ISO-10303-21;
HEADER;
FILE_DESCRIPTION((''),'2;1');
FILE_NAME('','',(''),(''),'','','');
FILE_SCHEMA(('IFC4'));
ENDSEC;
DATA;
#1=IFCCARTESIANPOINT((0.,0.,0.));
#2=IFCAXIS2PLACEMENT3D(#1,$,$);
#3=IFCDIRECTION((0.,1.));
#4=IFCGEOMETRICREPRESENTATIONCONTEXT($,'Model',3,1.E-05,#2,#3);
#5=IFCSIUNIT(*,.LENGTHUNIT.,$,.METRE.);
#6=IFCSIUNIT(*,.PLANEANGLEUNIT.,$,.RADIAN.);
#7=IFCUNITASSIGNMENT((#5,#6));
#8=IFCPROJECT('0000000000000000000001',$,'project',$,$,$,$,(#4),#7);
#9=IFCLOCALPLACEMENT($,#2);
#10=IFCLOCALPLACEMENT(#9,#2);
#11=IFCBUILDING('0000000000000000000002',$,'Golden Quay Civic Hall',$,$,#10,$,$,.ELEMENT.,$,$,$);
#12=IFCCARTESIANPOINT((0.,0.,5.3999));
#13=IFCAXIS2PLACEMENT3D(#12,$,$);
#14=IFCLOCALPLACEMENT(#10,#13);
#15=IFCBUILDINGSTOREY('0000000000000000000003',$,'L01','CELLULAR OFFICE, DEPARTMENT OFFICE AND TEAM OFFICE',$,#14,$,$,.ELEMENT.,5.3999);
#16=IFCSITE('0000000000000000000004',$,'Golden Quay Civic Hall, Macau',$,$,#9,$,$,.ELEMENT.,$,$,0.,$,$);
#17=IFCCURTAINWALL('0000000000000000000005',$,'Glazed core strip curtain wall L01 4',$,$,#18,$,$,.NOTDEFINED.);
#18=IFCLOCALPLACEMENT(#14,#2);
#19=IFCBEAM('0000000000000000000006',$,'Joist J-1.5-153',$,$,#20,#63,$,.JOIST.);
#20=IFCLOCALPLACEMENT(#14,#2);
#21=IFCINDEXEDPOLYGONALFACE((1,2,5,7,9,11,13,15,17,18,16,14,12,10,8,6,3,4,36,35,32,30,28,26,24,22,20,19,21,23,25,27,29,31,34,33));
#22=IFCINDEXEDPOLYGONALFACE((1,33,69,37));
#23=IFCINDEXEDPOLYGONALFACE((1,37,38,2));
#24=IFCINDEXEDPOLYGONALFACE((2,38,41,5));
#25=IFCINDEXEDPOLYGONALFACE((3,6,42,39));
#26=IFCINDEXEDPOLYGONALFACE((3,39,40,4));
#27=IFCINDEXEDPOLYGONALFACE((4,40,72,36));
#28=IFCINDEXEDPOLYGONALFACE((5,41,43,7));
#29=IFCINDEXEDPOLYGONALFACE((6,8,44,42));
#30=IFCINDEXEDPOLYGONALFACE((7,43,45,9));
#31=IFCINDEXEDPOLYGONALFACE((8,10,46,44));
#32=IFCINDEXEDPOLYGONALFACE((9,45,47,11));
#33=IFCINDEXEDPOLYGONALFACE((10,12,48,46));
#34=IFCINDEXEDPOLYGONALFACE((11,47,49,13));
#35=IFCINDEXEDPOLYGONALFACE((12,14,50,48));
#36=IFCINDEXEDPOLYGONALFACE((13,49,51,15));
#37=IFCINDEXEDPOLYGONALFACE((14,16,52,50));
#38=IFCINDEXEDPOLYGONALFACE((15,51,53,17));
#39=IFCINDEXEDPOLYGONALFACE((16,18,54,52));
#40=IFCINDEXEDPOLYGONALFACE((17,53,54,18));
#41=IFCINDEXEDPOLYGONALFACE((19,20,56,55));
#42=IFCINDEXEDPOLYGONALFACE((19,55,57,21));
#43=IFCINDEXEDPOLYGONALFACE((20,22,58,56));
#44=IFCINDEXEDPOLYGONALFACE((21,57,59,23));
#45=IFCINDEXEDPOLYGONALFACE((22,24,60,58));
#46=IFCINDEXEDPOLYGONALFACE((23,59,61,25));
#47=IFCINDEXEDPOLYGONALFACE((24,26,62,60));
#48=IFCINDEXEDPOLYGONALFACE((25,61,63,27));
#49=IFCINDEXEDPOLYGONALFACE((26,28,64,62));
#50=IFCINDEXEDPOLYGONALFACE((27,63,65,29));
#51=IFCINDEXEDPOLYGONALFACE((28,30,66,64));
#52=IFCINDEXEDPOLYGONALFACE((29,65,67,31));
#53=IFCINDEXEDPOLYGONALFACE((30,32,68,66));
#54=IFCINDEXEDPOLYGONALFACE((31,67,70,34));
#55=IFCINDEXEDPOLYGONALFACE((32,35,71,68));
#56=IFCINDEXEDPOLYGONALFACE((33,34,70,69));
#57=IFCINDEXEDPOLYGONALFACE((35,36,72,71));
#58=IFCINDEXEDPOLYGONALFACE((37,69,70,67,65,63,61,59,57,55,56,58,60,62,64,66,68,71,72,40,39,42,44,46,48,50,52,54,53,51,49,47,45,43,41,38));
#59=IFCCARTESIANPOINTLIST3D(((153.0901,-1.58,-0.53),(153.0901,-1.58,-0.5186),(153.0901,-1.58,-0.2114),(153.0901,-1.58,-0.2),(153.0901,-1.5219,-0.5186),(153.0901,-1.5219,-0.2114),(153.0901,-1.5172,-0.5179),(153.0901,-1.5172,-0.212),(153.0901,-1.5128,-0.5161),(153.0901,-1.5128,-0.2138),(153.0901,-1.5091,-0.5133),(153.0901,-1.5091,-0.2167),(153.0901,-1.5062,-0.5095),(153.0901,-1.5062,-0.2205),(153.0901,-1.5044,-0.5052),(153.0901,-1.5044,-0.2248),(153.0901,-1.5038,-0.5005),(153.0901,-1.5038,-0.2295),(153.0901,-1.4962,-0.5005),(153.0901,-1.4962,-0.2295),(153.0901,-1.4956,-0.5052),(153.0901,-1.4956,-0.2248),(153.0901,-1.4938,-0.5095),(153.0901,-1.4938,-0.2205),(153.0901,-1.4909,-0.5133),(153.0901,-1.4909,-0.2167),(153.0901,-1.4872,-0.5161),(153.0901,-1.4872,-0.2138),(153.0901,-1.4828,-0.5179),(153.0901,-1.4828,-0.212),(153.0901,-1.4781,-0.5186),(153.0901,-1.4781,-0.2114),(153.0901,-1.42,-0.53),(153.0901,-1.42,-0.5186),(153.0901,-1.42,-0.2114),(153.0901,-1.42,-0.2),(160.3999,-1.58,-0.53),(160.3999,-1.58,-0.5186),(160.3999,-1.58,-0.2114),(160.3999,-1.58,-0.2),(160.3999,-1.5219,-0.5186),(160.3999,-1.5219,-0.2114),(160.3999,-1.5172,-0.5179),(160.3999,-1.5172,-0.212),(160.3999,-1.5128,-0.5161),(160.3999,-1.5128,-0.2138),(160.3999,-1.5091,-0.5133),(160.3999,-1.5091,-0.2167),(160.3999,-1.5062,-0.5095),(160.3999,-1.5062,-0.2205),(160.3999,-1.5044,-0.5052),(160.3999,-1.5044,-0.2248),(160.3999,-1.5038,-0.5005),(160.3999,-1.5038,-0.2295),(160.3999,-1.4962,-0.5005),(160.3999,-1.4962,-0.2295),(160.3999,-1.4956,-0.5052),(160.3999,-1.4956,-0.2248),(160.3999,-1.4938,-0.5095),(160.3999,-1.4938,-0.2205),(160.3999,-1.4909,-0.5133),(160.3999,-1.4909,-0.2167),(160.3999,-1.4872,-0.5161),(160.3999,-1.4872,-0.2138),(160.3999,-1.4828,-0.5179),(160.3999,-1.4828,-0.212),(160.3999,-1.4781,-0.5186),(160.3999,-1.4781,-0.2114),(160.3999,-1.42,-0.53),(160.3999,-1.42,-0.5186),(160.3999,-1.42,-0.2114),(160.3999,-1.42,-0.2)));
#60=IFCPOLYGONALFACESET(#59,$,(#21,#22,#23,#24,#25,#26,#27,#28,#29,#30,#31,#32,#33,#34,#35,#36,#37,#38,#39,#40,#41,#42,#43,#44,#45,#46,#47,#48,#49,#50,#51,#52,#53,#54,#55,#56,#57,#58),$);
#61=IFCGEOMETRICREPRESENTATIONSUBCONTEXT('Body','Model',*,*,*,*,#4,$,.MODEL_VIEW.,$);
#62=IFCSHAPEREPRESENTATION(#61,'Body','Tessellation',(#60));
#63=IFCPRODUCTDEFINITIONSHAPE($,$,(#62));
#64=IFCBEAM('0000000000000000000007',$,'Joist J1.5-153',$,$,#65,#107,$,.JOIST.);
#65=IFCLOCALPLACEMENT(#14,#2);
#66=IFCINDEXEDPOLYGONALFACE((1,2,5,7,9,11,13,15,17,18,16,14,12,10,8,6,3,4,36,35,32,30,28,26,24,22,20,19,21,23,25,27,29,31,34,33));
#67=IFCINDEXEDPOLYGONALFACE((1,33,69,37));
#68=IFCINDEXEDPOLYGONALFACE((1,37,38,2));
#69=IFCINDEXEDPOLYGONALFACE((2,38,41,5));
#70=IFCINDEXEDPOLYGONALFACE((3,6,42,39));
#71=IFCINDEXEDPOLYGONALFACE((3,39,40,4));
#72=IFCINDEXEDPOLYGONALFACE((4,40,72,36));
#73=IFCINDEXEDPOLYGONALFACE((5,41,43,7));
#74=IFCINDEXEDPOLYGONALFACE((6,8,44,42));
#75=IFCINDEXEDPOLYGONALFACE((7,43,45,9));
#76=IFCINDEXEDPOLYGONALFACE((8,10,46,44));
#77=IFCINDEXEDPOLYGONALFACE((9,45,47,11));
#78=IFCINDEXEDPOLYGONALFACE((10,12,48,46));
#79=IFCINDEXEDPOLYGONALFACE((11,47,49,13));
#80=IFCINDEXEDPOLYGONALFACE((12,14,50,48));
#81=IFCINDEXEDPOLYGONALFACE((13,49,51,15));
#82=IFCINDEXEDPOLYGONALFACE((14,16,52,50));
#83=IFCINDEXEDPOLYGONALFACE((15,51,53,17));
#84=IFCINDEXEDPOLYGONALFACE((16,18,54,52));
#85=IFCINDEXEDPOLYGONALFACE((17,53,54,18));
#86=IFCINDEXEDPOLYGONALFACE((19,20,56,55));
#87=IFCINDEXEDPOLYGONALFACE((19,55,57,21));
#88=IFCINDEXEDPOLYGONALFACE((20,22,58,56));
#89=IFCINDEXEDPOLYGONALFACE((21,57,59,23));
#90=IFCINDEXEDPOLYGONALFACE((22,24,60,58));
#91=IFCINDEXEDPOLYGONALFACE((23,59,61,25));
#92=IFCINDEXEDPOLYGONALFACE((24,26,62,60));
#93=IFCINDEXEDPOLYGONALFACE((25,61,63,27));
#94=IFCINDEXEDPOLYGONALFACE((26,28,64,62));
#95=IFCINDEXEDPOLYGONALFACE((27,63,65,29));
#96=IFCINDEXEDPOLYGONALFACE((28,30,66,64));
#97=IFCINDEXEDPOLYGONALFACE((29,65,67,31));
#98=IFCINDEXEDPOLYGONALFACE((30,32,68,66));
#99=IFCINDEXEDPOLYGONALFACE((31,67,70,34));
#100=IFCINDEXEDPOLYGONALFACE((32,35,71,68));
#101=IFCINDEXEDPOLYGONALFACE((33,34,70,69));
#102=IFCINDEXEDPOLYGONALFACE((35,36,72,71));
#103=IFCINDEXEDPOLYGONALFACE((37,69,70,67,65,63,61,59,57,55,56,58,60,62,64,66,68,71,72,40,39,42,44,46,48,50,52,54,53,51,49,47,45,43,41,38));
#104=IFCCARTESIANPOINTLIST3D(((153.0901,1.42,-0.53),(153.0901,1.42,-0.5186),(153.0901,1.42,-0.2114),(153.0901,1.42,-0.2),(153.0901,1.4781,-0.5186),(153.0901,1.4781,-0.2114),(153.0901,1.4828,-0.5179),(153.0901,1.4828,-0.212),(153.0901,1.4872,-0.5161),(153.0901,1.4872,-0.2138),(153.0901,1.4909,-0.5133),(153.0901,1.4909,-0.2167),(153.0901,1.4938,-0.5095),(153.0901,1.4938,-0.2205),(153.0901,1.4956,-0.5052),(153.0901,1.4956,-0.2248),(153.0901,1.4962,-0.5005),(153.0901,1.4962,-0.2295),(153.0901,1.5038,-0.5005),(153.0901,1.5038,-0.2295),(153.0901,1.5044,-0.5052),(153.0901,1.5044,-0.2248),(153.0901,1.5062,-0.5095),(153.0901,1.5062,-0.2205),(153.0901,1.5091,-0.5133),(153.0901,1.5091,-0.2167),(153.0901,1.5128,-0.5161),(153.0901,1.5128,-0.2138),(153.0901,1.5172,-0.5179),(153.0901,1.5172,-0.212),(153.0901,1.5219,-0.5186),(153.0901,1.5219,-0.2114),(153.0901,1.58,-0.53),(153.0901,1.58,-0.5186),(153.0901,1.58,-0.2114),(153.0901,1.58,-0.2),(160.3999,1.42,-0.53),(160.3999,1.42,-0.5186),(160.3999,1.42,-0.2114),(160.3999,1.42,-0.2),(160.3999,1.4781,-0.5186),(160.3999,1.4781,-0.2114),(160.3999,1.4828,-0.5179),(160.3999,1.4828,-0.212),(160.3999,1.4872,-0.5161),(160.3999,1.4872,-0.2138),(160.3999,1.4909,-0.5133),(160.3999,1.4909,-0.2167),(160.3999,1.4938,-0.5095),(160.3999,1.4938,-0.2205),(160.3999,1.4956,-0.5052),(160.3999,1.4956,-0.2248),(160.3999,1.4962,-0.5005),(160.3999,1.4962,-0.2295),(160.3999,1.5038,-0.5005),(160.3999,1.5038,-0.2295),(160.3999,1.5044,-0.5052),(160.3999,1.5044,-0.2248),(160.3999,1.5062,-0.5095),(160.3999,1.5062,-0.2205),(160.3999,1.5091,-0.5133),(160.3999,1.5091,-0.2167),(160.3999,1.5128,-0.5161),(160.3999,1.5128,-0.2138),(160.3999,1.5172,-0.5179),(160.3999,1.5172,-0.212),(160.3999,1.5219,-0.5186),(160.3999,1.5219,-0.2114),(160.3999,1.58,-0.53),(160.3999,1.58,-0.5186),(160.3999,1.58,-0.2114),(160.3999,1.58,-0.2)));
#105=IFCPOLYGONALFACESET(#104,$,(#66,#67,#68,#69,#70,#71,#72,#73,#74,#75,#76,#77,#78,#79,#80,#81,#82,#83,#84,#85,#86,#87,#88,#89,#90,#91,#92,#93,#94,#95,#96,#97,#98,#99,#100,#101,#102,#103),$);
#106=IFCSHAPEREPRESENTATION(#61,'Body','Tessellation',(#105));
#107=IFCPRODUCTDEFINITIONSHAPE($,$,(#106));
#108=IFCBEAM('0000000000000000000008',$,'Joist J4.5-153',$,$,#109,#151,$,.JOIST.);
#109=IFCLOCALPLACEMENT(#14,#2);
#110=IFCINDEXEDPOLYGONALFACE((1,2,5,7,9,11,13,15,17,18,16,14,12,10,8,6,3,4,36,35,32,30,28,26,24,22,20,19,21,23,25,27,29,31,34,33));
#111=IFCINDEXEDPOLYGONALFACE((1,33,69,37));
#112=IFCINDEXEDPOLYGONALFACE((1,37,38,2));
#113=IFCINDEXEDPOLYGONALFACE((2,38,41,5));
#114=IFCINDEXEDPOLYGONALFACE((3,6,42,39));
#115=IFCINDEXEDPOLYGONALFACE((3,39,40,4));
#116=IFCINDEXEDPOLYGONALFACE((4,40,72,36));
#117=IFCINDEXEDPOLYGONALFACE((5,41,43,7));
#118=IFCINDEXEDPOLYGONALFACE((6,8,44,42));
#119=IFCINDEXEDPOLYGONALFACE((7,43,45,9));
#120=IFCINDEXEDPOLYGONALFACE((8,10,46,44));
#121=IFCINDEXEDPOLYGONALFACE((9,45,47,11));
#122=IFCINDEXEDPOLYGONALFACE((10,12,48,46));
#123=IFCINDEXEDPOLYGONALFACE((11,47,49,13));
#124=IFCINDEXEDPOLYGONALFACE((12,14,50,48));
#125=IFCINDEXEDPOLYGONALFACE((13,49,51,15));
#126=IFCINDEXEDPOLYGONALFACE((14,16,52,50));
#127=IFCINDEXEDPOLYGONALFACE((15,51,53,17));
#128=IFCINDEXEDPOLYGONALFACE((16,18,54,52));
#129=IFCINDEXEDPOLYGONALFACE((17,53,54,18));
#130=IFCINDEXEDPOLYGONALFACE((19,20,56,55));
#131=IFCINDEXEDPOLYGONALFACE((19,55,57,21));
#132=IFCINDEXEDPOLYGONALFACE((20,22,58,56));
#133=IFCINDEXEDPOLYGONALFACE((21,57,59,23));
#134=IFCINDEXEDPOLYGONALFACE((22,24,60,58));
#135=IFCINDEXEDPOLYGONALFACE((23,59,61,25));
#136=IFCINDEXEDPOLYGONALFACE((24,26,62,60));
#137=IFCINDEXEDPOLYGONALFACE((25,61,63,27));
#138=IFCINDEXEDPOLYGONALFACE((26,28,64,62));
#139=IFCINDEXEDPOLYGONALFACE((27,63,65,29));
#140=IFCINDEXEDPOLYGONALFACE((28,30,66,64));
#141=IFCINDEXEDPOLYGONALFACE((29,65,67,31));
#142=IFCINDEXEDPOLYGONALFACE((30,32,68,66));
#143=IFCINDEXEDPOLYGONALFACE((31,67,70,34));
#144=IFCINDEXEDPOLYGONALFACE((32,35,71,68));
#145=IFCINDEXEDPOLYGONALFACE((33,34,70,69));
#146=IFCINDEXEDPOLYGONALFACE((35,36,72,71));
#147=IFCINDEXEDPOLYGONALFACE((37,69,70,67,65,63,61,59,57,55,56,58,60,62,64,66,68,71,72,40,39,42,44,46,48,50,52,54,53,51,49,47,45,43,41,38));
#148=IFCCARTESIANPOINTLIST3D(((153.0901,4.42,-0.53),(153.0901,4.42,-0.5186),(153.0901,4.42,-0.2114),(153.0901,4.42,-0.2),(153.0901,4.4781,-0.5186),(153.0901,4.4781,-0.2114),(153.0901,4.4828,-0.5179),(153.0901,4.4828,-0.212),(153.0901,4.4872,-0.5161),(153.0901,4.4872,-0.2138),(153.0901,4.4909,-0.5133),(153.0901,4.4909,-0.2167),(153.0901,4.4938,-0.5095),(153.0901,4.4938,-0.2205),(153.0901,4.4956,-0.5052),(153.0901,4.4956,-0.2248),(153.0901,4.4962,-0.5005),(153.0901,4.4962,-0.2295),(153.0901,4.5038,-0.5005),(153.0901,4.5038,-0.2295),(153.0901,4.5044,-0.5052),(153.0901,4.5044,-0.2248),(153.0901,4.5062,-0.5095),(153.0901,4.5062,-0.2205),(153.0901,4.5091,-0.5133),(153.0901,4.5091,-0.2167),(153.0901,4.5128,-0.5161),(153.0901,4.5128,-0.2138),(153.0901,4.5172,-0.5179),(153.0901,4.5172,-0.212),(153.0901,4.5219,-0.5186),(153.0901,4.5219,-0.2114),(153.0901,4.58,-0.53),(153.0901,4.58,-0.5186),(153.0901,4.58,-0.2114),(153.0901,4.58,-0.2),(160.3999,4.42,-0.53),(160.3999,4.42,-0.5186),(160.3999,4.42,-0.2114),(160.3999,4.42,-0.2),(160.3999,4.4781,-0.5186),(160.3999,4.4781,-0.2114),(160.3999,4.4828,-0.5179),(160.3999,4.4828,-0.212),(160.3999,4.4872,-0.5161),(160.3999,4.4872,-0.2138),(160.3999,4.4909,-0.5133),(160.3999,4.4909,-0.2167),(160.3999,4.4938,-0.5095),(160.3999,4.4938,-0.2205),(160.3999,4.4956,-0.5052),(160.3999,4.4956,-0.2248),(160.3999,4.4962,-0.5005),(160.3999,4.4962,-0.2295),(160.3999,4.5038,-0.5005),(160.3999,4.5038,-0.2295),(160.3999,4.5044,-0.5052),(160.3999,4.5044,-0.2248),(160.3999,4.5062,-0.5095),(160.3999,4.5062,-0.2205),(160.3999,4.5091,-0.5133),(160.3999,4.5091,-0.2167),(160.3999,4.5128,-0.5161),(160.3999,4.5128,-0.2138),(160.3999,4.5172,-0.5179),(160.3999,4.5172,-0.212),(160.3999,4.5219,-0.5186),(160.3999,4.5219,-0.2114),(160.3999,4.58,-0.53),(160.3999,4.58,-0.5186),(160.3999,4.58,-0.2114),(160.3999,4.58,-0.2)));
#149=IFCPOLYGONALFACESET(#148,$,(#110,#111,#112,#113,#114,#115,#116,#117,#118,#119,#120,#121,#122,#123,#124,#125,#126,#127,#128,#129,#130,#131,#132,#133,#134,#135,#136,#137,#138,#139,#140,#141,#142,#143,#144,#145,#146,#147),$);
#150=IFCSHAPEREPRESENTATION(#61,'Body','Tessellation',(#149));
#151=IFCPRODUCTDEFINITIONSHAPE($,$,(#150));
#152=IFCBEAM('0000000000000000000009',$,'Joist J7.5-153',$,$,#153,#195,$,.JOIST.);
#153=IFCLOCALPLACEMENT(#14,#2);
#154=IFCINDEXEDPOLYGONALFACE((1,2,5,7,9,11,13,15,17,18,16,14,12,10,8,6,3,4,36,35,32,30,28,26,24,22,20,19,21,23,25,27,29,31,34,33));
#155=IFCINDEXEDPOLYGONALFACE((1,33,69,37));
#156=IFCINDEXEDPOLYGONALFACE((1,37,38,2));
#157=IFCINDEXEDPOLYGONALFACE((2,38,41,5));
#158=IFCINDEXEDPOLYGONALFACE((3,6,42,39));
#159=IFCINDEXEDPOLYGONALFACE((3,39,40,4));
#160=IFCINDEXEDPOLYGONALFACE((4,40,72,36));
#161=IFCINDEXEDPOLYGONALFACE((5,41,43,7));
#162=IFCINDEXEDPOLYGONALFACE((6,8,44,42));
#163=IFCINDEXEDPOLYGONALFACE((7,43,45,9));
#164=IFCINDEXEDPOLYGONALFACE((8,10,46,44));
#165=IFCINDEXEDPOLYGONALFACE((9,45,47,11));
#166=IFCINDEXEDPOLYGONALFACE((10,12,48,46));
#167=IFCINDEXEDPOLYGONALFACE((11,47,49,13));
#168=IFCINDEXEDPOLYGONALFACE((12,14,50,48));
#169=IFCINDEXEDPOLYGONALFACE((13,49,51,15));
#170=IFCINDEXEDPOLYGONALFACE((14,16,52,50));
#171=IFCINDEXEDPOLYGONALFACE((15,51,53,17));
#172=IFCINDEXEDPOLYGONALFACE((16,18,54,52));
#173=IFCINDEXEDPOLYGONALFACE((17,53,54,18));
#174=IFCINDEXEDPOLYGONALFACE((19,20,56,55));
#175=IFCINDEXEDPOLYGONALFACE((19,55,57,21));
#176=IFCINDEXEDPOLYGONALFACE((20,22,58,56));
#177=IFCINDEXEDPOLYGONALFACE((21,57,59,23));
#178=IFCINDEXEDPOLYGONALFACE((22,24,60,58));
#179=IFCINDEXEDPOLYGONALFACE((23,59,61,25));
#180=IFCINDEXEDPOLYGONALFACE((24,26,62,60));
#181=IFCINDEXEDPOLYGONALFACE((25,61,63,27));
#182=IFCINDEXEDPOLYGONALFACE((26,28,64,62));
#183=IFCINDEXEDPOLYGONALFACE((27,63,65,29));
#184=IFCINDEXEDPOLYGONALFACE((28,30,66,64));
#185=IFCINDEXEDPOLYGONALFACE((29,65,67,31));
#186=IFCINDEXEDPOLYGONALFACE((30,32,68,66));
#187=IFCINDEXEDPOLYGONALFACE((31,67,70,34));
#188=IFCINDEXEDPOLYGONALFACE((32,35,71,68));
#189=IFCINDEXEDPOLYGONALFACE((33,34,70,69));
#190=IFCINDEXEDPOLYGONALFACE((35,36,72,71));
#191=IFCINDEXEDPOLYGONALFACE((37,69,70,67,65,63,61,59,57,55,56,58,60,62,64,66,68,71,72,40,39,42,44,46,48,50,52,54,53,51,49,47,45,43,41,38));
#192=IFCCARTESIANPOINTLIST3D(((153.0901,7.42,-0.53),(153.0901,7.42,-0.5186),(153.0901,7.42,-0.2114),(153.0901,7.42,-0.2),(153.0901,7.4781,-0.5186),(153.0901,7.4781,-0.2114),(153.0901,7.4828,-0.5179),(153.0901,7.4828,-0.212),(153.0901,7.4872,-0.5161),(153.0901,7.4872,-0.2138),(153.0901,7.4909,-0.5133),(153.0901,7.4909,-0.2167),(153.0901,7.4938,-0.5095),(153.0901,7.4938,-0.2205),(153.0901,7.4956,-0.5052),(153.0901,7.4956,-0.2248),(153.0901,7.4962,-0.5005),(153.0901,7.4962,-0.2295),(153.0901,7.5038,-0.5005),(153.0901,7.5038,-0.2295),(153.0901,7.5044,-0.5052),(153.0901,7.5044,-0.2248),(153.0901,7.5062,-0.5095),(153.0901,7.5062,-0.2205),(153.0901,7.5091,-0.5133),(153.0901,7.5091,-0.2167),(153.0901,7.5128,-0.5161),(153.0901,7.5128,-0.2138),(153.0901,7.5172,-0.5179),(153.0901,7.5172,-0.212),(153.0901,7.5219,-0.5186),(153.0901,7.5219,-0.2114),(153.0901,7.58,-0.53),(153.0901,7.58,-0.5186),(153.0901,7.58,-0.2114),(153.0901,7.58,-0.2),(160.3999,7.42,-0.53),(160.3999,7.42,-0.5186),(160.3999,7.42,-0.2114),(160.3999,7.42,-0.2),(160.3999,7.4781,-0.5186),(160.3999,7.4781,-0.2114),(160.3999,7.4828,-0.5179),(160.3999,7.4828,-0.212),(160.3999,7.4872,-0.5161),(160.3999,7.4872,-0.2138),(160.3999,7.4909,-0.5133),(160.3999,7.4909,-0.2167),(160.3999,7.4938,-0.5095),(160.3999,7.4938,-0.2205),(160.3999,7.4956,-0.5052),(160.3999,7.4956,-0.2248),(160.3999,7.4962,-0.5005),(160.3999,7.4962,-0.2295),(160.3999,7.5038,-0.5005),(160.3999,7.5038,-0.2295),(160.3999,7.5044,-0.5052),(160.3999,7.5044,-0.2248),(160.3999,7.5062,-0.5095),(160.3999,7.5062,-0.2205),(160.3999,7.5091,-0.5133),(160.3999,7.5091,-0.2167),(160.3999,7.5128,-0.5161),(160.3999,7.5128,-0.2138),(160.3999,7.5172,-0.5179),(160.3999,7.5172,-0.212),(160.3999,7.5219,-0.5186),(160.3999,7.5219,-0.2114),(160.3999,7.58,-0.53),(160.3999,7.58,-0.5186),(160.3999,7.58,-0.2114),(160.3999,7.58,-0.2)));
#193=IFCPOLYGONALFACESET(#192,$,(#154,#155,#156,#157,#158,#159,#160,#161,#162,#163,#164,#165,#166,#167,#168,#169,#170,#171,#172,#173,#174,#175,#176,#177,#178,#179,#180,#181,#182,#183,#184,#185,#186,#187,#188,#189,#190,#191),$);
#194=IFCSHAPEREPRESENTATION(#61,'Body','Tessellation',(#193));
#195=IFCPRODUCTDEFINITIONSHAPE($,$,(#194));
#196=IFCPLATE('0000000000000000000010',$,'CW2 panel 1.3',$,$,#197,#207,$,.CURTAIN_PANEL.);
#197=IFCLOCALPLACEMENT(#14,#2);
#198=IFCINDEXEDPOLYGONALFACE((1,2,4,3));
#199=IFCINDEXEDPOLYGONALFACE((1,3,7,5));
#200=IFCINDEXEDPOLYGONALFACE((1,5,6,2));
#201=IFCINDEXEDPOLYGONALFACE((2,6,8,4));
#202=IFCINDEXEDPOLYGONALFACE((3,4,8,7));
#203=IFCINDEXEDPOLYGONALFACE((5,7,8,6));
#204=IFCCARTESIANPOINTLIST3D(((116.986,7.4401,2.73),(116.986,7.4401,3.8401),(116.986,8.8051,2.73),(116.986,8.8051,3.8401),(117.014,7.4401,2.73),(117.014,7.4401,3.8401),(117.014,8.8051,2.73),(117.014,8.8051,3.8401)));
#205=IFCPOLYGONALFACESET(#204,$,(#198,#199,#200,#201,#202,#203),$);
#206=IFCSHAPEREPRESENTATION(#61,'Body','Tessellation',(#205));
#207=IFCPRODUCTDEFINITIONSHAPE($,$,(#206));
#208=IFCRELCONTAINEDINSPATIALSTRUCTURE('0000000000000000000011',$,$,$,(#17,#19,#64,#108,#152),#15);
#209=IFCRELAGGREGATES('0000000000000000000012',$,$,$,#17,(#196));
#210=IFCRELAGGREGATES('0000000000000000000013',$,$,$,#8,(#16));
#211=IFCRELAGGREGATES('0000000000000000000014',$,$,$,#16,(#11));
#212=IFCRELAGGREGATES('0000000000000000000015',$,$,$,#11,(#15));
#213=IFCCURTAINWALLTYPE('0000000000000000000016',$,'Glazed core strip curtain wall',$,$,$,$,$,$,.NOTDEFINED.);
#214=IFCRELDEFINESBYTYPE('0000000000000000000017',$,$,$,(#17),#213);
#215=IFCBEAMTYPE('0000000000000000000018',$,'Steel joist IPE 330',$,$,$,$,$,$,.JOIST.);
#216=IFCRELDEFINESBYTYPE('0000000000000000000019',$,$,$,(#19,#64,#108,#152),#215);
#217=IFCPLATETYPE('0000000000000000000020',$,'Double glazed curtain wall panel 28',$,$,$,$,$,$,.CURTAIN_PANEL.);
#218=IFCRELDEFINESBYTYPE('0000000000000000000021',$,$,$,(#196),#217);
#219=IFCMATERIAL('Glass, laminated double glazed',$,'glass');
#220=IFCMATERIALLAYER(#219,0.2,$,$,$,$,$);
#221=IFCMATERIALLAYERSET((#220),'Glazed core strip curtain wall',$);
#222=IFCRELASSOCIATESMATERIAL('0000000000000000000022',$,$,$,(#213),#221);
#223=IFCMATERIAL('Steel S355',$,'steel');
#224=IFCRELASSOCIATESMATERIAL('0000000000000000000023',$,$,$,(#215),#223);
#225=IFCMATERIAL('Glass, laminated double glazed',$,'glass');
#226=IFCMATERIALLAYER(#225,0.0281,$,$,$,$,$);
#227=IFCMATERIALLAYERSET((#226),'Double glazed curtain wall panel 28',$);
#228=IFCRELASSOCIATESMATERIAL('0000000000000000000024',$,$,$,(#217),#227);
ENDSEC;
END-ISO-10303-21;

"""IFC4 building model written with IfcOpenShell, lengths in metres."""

from ifc_helpers import new_model, si_unit, direction, frame, origin, origin_2d, place, context, subcontext, project, spatial, rectangle, i_section, extrude, material, layer, layer_set, material_profile, profile_set, type_object, element, aggregate, save


model = new_model("IFC4")

# Units and contexts
model_context = context("Model", 3, precision=1e-05, world=origin(), true_north=direction((0.0, 1.0)))
body_context = subcontext(model_context, "Body", "Model", "MODEL_VIEW")
ifc_project = project(units=[si_unit("LENGTHUNIT", "METRE"), si_unit("PLANEANGLEUNIT", "RADIAN")], contexts=[model_context])

# Site, building, storey
site_placement = place(None, origin())
site = spatial("IfcSite", under=ifc_project, at=site_placement, Name="Golden Quay Civic Hall, Macau", CompositionType="ELEMENT", RefElevation=0.0)
building_placement = place(site_placement, origin())
building = spatial("IfcBuilding", under=site, at=building_placement, Name="Golden Quay Civic Hall", CompositionType="ELEMENT")
storey_placement = place(building_placement, frame((0.0, 0.0, 5.3999)))
storey = spatial("IfcBuildingStorey", under=building, at=storey_placement, Name="L01", Description="CELLULAR OFFICE, DEPARTMENT OFFICE AND TEAM OFFICE", CompositionType="ELEMENT", Elevation=5.3999)

# Curtain wall
ifc_material_1 = material(Name="Glass, laminated double glazed", Category="glass")
ifc_layer_1 = layer(ifc_material_1, 0.2)
ifc_layer_set_1 = layer_set([ifc_layer_1], Name="Glazed core strip curtain wall")
curtain_wall_type = type_object("IfcCurtainWallType", Name="Glazed core strip curtain wall", PredefinedType="NOTDEFINED", material=ifc_layer_set_1)
curtain_wall_placement = place(storey_placement, origin())
curtain_wall = element("IfcCurtainWall", 1, at=curtain_wall_placement, inside=storey, type_object=curtain_wall_type, Name="Glazed core strip curtain wall L01 4", PredefinedType="NOTDEFINED")

# Beams
ifc_material_2 = material(Name="Steel S355", Category="steel")
ifc_material_profile_1 = material_profile(ifc_material_2, i_section(OverallWidth=0.1599, OverallDepth=0.3301, WebThickness=0.0076, FlangeThickness=0.0115, FilletRadius=0.0181, at=origin_2d()), Name="IPE 330")
ifc_profile_set_1 = profile_set([ifc_material_profile_1], Name="Steel S355")
beam_type_1 = type_object("IfcBeamType", Name="Steel joist IPE 330", PredefinedType="JOIST", material=ifc_profile_set_1)
for number, where, z_axis, x_axis, name in (
    (2, (153.0901, -1.5, -0.365), (1.0, 0.0, 0.0), (0.0, 1.0, 0.0), "Joist J-1.5-153"),
    (3, (153.0901, 1.5, -0.365), (1.0, 0.0, 0.0), (0.0, 1.0, 0.0), "Joist J1.5-153"),
    (4, (153.0901, 4.5, -0.365), (1.0, 0.0, 0.0), (0.0, 1.0, 0.0), "Joist J4.5-153"),
    (5, (153.0901, 7.5, -0.365), (1.0, 0.0, 0.0), (0.0, 1.0, 0.0), "Joist J7.5-153"),
):
    element("IfcBeam", number, at=place(storey_placement, frame(where, z_axis=z_axis, x_axis=x_axis)), inside=storey, type_object=beam_type_1, Name=name, PredefinedType="JOIST", context=body_context, shape_type="SweptSolid", body=[
        extrude(i_section(OverallWidth=0.1599, OverallDepth=0.3301, WebThickness=0.0076, FlangeThickness=0.0115, FilletRadius=0.0181, at=origin_2d()), origin(), (0.0, 0.0, 1.0), 7.3098),
    ])

# Plate
ifc_material_3 = material(Name="Glass, laminated double glazed", Category="glass")
ifc_layer_2 = layer(ifc_material_3, 0.0281)
ifc_layer_set_2 = layer_set([ifc_layer_2], Name="Double glazed curtain wall panel 28")
plate_type = type_object("IfcPlateType", Name="Double glazed curtain wall panel 28", PredefinedType="CURTAIN_PANEL", material=ifc_layer_set_2)
plate_placement = place(storey_placement, frame((117.0, 8.1226, 2.73), z_axis=(0.0, 0.0, 1.0), x_axis=(0.0, -1.0, 0.0)))
plate = element("IfcPlate", 6, at=plate_placement, type_object=plate_type, Name="CW2 panel 1.3", PredefinedType="CURTAIN_PANEL", context=body_context, shape_type="SweptSolid", body=[
    extrude(rectangle(XDim=1.365, YDim=0.0281, at=origin_2d()), origin(), (0.0, 0.0, 1.0), 1.1101),
])
aggregate(curtain_wall, [plate])

save(model, "model.ifc")
